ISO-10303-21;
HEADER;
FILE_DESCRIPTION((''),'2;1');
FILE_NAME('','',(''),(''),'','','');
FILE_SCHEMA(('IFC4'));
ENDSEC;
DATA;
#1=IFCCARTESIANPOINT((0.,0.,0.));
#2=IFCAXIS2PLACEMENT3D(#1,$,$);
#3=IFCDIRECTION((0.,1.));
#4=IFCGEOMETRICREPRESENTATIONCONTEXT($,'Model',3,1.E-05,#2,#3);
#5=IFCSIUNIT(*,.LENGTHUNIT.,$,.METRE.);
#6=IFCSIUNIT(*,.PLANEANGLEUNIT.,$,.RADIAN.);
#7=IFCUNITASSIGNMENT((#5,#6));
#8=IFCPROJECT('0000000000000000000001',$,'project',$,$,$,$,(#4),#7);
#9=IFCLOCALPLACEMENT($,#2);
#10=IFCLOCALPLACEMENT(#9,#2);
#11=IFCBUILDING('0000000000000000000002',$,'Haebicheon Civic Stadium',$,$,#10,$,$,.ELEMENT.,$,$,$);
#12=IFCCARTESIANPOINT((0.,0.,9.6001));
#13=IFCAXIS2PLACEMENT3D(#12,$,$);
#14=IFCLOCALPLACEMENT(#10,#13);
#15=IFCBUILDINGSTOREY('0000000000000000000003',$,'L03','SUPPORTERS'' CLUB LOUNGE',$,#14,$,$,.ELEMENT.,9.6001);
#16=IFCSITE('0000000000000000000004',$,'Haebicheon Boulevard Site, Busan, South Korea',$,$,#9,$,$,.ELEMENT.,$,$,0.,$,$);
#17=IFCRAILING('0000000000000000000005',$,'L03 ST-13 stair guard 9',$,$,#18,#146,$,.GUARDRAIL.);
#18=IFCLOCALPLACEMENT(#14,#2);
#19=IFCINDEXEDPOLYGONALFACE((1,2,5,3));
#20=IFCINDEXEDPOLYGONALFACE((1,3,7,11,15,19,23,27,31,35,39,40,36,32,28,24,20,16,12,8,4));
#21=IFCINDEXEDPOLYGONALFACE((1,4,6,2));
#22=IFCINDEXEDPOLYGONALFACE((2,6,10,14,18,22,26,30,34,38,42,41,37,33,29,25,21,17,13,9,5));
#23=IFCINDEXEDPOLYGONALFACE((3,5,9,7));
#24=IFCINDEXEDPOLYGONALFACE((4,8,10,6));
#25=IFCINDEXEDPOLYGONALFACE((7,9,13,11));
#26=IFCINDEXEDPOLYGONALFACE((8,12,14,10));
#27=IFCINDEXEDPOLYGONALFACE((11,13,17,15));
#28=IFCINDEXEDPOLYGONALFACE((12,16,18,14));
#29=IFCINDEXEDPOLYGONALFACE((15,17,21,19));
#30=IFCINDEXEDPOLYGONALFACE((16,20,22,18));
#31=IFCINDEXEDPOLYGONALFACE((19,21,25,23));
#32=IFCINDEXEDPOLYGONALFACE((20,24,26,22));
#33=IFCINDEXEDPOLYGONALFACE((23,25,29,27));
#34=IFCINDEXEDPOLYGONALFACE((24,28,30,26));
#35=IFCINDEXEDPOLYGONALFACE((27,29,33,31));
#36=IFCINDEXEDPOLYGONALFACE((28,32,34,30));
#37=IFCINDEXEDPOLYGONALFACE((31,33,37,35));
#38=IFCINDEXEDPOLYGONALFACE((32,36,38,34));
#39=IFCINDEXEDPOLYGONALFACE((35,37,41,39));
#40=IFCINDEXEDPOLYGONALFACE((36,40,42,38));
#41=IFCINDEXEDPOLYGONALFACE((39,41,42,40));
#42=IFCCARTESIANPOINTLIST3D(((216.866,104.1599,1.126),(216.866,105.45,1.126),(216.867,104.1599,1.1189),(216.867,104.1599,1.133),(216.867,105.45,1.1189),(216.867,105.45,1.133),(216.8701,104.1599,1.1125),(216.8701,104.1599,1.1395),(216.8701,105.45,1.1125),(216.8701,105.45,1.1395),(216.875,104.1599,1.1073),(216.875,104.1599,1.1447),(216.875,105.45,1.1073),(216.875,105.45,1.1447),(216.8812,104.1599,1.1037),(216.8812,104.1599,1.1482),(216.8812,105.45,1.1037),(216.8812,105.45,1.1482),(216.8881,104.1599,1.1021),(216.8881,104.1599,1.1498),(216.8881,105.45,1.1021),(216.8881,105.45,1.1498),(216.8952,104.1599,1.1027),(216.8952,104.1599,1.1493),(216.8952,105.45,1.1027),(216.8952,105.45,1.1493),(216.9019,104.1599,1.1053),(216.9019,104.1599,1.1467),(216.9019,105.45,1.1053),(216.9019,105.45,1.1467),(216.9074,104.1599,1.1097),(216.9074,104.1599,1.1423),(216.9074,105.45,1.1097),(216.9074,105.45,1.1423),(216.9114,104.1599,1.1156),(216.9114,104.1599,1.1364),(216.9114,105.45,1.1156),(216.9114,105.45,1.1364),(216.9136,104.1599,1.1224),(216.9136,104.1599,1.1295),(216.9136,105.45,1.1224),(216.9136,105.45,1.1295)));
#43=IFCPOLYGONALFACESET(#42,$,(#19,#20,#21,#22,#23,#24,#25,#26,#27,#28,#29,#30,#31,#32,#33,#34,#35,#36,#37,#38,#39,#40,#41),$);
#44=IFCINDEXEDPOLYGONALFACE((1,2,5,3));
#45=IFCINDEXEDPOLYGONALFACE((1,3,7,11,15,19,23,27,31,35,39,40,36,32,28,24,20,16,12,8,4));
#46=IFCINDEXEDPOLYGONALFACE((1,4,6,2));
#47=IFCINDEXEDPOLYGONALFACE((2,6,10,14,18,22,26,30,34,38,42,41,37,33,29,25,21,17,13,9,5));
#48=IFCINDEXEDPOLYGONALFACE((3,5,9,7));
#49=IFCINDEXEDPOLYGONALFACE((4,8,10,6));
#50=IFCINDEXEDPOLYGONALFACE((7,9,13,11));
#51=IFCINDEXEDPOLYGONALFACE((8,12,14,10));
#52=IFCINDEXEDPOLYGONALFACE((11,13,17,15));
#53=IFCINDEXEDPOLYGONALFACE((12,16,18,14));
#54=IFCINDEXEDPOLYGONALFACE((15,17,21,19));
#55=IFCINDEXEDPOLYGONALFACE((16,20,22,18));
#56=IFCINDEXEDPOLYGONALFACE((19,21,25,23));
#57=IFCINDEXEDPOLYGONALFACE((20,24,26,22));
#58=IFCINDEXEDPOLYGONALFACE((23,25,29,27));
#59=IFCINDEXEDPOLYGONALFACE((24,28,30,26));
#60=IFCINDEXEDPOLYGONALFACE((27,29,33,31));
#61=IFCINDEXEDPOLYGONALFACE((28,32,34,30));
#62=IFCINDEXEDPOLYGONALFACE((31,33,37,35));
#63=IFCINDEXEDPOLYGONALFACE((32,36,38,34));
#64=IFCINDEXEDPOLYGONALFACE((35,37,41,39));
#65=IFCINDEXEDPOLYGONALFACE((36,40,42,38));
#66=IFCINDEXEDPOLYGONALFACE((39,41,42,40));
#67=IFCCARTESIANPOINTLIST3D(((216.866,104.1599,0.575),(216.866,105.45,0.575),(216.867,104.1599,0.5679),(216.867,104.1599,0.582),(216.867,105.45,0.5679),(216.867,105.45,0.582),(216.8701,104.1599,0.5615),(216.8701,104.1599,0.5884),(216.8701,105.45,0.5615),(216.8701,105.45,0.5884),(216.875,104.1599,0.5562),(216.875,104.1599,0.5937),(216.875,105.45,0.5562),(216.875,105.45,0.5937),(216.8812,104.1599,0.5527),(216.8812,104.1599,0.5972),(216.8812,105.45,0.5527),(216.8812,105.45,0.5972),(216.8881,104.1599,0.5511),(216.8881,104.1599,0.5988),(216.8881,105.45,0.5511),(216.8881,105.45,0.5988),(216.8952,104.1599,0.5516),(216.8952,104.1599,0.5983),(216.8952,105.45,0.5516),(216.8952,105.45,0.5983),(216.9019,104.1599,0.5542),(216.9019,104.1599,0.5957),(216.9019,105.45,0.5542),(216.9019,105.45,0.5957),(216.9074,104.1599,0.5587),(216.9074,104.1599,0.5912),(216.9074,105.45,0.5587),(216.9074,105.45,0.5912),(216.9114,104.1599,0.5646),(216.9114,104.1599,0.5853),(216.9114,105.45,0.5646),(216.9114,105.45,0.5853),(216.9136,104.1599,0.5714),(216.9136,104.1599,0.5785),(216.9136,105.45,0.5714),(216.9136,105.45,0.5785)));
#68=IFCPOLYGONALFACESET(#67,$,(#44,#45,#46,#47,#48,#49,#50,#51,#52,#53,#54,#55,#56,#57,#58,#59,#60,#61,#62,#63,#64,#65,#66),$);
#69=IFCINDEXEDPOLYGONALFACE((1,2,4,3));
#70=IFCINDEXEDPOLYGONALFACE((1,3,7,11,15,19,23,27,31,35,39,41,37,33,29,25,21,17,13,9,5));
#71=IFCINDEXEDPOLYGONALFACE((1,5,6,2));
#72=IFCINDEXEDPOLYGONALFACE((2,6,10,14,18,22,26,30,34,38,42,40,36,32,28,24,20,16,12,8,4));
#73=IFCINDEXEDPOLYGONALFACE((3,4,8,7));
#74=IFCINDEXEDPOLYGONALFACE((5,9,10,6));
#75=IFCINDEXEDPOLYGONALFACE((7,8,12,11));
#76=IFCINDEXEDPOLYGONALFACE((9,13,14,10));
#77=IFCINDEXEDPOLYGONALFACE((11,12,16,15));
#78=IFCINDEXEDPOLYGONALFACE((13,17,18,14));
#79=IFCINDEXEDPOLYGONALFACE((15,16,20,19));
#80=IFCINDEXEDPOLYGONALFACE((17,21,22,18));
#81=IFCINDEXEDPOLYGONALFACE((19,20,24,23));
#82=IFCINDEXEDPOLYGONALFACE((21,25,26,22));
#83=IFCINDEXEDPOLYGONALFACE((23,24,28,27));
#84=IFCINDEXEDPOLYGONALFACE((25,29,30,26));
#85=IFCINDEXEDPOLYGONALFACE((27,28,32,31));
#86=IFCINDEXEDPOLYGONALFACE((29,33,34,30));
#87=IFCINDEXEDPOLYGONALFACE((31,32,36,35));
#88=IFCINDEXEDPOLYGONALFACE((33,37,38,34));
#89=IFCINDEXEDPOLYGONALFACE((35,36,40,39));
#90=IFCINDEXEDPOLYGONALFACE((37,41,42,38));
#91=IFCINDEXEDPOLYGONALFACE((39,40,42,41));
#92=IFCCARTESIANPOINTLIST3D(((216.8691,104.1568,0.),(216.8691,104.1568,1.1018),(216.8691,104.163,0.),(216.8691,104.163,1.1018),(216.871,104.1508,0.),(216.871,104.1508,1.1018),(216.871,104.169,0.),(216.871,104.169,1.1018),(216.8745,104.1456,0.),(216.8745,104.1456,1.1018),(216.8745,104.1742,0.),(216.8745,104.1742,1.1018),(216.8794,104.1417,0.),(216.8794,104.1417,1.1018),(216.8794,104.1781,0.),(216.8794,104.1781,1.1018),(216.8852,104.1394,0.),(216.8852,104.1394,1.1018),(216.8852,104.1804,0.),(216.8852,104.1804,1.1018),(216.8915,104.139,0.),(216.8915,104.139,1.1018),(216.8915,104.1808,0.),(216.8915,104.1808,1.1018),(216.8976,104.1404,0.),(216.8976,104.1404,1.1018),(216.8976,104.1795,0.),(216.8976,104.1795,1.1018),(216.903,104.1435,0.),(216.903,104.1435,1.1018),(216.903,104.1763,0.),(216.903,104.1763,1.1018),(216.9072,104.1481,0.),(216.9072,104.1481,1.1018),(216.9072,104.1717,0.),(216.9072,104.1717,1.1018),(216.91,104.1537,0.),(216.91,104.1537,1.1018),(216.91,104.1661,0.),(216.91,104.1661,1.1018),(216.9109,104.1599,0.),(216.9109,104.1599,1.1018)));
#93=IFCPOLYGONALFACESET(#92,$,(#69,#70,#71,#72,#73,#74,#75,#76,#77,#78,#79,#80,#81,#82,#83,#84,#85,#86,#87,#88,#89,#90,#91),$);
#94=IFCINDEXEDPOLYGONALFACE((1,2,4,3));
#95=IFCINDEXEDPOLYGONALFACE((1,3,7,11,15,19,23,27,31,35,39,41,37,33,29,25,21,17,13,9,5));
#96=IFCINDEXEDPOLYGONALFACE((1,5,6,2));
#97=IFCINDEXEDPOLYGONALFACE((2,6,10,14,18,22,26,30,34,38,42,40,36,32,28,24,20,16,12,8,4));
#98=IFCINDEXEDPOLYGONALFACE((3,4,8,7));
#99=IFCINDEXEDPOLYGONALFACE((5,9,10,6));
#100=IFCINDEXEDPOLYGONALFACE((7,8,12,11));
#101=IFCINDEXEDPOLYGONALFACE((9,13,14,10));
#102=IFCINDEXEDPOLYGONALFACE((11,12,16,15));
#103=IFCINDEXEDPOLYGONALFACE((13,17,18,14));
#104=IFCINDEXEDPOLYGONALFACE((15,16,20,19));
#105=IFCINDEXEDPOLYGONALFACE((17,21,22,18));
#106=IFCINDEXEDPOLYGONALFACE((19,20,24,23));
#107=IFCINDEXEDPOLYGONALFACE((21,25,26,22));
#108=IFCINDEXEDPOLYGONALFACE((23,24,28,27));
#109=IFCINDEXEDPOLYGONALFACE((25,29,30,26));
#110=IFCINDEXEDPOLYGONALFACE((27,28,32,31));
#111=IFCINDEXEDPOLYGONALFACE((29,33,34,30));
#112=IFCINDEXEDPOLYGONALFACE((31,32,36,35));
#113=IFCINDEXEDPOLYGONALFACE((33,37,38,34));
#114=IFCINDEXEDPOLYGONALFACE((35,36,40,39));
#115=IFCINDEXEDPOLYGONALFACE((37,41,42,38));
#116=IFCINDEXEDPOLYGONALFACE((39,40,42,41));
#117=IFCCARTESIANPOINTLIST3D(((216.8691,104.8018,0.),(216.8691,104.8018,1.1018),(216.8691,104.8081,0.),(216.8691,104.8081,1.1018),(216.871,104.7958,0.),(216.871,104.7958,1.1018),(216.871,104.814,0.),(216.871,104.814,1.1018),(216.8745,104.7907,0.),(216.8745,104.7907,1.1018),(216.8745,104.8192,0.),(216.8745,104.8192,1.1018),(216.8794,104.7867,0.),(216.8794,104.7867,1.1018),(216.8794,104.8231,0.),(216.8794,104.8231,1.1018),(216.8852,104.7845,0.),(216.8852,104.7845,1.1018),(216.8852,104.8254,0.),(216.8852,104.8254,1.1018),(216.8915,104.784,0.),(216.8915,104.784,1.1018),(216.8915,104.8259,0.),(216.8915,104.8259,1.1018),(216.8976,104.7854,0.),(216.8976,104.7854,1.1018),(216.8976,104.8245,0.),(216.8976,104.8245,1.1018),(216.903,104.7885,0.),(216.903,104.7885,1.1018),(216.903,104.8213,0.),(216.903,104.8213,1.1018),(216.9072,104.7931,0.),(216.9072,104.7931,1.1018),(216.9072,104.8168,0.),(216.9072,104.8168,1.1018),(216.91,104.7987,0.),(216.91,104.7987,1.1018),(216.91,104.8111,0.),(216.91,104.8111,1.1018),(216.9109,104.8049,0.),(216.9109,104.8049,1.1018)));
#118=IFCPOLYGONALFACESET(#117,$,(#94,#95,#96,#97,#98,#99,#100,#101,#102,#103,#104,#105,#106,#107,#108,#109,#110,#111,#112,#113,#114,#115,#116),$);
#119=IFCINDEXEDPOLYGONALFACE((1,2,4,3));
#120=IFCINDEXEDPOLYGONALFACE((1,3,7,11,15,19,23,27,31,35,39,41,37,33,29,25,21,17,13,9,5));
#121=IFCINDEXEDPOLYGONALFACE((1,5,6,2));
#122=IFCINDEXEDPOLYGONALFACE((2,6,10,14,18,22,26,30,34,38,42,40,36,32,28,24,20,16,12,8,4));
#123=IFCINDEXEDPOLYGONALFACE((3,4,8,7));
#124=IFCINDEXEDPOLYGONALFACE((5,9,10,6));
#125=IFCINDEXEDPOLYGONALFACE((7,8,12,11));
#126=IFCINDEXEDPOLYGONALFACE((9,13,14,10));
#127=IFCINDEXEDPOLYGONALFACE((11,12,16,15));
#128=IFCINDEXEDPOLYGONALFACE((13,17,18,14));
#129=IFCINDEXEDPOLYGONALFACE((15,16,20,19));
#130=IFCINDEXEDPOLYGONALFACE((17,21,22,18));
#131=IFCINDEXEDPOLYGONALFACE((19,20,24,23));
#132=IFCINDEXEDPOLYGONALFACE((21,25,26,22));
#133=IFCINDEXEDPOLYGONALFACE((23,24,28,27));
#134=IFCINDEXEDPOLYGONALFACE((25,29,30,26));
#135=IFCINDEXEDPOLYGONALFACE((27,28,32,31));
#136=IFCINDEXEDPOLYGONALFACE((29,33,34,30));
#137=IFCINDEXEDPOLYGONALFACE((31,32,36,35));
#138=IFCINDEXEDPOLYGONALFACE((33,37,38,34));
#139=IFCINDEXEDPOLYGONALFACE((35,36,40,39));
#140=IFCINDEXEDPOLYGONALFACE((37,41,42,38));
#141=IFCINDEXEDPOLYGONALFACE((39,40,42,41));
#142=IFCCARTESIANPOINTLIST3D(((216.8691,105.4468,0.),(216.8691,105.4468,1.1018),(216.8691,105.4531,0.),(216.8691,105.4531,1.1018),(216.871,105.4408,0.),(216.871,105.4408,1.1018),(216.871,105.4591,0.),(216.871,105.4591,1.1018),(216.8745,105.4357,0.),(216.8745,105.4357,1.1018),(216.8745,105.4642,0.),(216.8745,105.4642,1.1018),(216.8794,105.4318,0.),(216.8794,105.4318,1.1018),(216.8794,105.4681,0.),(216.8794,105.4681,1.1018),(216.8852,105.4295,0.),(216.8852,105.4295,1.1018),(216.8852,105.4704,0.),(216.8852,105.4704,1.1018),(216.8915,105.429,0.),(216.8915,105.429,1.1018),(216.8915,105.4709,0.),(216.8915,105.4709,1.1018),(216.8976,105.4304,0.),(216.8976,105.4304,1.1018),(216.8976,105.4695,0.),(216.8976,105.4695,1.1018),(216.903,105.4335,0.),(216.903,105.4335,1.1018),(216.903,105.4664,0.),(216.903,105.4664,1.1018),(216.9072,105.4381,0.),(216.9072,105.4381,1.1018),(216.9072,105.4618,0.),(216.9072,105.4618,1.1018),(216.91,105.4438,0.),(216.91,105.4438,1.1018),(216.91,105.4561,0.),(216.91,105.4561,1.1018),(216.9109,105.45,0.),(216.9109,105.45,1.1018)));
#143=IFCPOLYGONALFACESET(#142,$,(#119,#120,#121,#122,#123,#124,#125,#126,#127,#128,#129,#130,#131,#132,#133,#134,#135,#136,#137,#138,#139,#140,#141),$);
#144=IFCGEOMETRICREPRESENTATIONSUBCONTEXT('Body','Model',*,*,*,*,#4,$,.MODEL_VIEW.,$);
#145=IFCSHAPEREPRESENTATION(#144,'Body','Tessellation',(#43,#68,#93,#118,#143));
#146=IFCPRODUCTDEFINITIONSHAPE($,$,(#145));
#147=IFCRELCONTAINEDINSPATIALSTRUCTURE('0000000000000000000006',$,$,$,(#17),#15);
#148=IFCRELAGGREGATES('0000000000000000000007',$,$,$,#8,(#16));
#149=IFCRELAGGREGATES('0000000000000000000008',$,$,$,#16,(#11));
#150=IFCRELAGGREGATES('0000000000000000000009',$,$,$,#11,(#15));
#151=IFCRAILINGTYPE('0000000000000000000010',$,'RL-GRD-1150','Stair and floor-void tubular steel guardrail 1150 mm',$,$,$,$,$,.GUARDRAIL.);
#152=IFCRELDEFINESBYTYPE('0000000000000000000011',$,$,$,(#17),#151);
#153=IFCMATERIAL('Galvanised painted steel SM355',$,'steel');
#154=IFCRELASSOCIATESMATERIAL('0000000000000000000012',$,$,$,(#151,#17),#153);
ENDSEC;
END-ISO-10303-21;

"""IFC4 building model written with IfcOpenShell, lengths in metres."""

from ifc_helpers import new_model, si_unit, direction, frame, origin, origin_2d, place, context, subcontext, project, spatial, circle, extrude, material, type_object, element, save


model = new_model("IFC4")

# Units and contexts
model_context = context("Model", 3, precision=1e-05, world=origin(), true_north=direction((0.0, 1.0)))
body_context = subcontext(model_context, "Body", "Model", "MODEL_VIEW")
ifc_project = project(units=[si_unit("LENGTHUNIT", "METRE"), si_unit("PLANEANGLEUNIT", "RADIAN")], contexts=[model_context])

# Site, building, storey
site_placement = place(None, origin())
site = spatial("IfcSite", under=ifc_project, at=site_placement, Name="Haebicheon Boulevard Site, Busan, South Korea", CompositionType="ELEMENT", RefElevation=0.0)
building_placement = place(site_placement, origin())
building = spatial("IfcBuilding", under=site, at=building_placement, Name="Haebicheon Civic Stadium", CompositionType="ELEMENT")
storey_placement = place(building_placement, frame((0.0, 0.0, 9.6001)))
storey = spatial("IfcBuildingStorey", under=building, at=storey_placement, Name="L03", Description="SUPPORTERS' CLUB LOUNGE", CompositionType="ELEMENT", Elevation=9.6001)

# Railing
ifc_material_1 = material(Name="Galvanised painted steel SM355", Category="steel")
railing_type = type_object("IfcRailingType", Name="RL-GRD-1150", Description="Stair and floor-void tubular steel guardrail 1150 mm", PredefinedType="GUARDRAIL", material=ifc_material_1)
for number, where, name in (
    (1, (216.8899, 104.1599, 0.0), "L03 ST-13 stair guard 9"),
):
    element("IfcRailing", number, at=place(storey_placement, frame(where)), inside=storey, type_object=railing_type, material=ifc_material_1, Name=name, PredefinedType="GUARDRAIL", context=body_context, shape_type="SweptSolid", body=[
        extrude(circle(Radius=0.0239, at=origin_2d()), frame((0.0, 0.0, 1.126), z_axis=(0.0, 1.0, 0.0), x_axis=(-1.0, 0.0, 0.0)), (0.0, 0.0, 1.0), 1.29),
        extrude(circle(Radius=0.0239, at=origin_2d()), frame((0.0, 0.0, 0.575), z_axis=(0.0, 1.0, 0.0), x_axis=(-1.0, 0.0, 0.0)), (0.0, 0.0, 1.0), 1.29),
        extrude(circle(Radius=0.021, at=origin_2d()), origin(), (0.0, 0.0, 1.0), 1.1018),
        extrude(circle(Radius=0.021, at=origin_2d()), frame((0.0, 0.645, 0.0)), (0.0, 0.0, 1.0), 1.1018),
        extrude(circle(Radius=0.021, at=origin_2d()), frame((0.0, 1.29, 0.0)), (0.0, 0.0, 1.0), 1.1018),
    ])

save(model, "model.ifc")
